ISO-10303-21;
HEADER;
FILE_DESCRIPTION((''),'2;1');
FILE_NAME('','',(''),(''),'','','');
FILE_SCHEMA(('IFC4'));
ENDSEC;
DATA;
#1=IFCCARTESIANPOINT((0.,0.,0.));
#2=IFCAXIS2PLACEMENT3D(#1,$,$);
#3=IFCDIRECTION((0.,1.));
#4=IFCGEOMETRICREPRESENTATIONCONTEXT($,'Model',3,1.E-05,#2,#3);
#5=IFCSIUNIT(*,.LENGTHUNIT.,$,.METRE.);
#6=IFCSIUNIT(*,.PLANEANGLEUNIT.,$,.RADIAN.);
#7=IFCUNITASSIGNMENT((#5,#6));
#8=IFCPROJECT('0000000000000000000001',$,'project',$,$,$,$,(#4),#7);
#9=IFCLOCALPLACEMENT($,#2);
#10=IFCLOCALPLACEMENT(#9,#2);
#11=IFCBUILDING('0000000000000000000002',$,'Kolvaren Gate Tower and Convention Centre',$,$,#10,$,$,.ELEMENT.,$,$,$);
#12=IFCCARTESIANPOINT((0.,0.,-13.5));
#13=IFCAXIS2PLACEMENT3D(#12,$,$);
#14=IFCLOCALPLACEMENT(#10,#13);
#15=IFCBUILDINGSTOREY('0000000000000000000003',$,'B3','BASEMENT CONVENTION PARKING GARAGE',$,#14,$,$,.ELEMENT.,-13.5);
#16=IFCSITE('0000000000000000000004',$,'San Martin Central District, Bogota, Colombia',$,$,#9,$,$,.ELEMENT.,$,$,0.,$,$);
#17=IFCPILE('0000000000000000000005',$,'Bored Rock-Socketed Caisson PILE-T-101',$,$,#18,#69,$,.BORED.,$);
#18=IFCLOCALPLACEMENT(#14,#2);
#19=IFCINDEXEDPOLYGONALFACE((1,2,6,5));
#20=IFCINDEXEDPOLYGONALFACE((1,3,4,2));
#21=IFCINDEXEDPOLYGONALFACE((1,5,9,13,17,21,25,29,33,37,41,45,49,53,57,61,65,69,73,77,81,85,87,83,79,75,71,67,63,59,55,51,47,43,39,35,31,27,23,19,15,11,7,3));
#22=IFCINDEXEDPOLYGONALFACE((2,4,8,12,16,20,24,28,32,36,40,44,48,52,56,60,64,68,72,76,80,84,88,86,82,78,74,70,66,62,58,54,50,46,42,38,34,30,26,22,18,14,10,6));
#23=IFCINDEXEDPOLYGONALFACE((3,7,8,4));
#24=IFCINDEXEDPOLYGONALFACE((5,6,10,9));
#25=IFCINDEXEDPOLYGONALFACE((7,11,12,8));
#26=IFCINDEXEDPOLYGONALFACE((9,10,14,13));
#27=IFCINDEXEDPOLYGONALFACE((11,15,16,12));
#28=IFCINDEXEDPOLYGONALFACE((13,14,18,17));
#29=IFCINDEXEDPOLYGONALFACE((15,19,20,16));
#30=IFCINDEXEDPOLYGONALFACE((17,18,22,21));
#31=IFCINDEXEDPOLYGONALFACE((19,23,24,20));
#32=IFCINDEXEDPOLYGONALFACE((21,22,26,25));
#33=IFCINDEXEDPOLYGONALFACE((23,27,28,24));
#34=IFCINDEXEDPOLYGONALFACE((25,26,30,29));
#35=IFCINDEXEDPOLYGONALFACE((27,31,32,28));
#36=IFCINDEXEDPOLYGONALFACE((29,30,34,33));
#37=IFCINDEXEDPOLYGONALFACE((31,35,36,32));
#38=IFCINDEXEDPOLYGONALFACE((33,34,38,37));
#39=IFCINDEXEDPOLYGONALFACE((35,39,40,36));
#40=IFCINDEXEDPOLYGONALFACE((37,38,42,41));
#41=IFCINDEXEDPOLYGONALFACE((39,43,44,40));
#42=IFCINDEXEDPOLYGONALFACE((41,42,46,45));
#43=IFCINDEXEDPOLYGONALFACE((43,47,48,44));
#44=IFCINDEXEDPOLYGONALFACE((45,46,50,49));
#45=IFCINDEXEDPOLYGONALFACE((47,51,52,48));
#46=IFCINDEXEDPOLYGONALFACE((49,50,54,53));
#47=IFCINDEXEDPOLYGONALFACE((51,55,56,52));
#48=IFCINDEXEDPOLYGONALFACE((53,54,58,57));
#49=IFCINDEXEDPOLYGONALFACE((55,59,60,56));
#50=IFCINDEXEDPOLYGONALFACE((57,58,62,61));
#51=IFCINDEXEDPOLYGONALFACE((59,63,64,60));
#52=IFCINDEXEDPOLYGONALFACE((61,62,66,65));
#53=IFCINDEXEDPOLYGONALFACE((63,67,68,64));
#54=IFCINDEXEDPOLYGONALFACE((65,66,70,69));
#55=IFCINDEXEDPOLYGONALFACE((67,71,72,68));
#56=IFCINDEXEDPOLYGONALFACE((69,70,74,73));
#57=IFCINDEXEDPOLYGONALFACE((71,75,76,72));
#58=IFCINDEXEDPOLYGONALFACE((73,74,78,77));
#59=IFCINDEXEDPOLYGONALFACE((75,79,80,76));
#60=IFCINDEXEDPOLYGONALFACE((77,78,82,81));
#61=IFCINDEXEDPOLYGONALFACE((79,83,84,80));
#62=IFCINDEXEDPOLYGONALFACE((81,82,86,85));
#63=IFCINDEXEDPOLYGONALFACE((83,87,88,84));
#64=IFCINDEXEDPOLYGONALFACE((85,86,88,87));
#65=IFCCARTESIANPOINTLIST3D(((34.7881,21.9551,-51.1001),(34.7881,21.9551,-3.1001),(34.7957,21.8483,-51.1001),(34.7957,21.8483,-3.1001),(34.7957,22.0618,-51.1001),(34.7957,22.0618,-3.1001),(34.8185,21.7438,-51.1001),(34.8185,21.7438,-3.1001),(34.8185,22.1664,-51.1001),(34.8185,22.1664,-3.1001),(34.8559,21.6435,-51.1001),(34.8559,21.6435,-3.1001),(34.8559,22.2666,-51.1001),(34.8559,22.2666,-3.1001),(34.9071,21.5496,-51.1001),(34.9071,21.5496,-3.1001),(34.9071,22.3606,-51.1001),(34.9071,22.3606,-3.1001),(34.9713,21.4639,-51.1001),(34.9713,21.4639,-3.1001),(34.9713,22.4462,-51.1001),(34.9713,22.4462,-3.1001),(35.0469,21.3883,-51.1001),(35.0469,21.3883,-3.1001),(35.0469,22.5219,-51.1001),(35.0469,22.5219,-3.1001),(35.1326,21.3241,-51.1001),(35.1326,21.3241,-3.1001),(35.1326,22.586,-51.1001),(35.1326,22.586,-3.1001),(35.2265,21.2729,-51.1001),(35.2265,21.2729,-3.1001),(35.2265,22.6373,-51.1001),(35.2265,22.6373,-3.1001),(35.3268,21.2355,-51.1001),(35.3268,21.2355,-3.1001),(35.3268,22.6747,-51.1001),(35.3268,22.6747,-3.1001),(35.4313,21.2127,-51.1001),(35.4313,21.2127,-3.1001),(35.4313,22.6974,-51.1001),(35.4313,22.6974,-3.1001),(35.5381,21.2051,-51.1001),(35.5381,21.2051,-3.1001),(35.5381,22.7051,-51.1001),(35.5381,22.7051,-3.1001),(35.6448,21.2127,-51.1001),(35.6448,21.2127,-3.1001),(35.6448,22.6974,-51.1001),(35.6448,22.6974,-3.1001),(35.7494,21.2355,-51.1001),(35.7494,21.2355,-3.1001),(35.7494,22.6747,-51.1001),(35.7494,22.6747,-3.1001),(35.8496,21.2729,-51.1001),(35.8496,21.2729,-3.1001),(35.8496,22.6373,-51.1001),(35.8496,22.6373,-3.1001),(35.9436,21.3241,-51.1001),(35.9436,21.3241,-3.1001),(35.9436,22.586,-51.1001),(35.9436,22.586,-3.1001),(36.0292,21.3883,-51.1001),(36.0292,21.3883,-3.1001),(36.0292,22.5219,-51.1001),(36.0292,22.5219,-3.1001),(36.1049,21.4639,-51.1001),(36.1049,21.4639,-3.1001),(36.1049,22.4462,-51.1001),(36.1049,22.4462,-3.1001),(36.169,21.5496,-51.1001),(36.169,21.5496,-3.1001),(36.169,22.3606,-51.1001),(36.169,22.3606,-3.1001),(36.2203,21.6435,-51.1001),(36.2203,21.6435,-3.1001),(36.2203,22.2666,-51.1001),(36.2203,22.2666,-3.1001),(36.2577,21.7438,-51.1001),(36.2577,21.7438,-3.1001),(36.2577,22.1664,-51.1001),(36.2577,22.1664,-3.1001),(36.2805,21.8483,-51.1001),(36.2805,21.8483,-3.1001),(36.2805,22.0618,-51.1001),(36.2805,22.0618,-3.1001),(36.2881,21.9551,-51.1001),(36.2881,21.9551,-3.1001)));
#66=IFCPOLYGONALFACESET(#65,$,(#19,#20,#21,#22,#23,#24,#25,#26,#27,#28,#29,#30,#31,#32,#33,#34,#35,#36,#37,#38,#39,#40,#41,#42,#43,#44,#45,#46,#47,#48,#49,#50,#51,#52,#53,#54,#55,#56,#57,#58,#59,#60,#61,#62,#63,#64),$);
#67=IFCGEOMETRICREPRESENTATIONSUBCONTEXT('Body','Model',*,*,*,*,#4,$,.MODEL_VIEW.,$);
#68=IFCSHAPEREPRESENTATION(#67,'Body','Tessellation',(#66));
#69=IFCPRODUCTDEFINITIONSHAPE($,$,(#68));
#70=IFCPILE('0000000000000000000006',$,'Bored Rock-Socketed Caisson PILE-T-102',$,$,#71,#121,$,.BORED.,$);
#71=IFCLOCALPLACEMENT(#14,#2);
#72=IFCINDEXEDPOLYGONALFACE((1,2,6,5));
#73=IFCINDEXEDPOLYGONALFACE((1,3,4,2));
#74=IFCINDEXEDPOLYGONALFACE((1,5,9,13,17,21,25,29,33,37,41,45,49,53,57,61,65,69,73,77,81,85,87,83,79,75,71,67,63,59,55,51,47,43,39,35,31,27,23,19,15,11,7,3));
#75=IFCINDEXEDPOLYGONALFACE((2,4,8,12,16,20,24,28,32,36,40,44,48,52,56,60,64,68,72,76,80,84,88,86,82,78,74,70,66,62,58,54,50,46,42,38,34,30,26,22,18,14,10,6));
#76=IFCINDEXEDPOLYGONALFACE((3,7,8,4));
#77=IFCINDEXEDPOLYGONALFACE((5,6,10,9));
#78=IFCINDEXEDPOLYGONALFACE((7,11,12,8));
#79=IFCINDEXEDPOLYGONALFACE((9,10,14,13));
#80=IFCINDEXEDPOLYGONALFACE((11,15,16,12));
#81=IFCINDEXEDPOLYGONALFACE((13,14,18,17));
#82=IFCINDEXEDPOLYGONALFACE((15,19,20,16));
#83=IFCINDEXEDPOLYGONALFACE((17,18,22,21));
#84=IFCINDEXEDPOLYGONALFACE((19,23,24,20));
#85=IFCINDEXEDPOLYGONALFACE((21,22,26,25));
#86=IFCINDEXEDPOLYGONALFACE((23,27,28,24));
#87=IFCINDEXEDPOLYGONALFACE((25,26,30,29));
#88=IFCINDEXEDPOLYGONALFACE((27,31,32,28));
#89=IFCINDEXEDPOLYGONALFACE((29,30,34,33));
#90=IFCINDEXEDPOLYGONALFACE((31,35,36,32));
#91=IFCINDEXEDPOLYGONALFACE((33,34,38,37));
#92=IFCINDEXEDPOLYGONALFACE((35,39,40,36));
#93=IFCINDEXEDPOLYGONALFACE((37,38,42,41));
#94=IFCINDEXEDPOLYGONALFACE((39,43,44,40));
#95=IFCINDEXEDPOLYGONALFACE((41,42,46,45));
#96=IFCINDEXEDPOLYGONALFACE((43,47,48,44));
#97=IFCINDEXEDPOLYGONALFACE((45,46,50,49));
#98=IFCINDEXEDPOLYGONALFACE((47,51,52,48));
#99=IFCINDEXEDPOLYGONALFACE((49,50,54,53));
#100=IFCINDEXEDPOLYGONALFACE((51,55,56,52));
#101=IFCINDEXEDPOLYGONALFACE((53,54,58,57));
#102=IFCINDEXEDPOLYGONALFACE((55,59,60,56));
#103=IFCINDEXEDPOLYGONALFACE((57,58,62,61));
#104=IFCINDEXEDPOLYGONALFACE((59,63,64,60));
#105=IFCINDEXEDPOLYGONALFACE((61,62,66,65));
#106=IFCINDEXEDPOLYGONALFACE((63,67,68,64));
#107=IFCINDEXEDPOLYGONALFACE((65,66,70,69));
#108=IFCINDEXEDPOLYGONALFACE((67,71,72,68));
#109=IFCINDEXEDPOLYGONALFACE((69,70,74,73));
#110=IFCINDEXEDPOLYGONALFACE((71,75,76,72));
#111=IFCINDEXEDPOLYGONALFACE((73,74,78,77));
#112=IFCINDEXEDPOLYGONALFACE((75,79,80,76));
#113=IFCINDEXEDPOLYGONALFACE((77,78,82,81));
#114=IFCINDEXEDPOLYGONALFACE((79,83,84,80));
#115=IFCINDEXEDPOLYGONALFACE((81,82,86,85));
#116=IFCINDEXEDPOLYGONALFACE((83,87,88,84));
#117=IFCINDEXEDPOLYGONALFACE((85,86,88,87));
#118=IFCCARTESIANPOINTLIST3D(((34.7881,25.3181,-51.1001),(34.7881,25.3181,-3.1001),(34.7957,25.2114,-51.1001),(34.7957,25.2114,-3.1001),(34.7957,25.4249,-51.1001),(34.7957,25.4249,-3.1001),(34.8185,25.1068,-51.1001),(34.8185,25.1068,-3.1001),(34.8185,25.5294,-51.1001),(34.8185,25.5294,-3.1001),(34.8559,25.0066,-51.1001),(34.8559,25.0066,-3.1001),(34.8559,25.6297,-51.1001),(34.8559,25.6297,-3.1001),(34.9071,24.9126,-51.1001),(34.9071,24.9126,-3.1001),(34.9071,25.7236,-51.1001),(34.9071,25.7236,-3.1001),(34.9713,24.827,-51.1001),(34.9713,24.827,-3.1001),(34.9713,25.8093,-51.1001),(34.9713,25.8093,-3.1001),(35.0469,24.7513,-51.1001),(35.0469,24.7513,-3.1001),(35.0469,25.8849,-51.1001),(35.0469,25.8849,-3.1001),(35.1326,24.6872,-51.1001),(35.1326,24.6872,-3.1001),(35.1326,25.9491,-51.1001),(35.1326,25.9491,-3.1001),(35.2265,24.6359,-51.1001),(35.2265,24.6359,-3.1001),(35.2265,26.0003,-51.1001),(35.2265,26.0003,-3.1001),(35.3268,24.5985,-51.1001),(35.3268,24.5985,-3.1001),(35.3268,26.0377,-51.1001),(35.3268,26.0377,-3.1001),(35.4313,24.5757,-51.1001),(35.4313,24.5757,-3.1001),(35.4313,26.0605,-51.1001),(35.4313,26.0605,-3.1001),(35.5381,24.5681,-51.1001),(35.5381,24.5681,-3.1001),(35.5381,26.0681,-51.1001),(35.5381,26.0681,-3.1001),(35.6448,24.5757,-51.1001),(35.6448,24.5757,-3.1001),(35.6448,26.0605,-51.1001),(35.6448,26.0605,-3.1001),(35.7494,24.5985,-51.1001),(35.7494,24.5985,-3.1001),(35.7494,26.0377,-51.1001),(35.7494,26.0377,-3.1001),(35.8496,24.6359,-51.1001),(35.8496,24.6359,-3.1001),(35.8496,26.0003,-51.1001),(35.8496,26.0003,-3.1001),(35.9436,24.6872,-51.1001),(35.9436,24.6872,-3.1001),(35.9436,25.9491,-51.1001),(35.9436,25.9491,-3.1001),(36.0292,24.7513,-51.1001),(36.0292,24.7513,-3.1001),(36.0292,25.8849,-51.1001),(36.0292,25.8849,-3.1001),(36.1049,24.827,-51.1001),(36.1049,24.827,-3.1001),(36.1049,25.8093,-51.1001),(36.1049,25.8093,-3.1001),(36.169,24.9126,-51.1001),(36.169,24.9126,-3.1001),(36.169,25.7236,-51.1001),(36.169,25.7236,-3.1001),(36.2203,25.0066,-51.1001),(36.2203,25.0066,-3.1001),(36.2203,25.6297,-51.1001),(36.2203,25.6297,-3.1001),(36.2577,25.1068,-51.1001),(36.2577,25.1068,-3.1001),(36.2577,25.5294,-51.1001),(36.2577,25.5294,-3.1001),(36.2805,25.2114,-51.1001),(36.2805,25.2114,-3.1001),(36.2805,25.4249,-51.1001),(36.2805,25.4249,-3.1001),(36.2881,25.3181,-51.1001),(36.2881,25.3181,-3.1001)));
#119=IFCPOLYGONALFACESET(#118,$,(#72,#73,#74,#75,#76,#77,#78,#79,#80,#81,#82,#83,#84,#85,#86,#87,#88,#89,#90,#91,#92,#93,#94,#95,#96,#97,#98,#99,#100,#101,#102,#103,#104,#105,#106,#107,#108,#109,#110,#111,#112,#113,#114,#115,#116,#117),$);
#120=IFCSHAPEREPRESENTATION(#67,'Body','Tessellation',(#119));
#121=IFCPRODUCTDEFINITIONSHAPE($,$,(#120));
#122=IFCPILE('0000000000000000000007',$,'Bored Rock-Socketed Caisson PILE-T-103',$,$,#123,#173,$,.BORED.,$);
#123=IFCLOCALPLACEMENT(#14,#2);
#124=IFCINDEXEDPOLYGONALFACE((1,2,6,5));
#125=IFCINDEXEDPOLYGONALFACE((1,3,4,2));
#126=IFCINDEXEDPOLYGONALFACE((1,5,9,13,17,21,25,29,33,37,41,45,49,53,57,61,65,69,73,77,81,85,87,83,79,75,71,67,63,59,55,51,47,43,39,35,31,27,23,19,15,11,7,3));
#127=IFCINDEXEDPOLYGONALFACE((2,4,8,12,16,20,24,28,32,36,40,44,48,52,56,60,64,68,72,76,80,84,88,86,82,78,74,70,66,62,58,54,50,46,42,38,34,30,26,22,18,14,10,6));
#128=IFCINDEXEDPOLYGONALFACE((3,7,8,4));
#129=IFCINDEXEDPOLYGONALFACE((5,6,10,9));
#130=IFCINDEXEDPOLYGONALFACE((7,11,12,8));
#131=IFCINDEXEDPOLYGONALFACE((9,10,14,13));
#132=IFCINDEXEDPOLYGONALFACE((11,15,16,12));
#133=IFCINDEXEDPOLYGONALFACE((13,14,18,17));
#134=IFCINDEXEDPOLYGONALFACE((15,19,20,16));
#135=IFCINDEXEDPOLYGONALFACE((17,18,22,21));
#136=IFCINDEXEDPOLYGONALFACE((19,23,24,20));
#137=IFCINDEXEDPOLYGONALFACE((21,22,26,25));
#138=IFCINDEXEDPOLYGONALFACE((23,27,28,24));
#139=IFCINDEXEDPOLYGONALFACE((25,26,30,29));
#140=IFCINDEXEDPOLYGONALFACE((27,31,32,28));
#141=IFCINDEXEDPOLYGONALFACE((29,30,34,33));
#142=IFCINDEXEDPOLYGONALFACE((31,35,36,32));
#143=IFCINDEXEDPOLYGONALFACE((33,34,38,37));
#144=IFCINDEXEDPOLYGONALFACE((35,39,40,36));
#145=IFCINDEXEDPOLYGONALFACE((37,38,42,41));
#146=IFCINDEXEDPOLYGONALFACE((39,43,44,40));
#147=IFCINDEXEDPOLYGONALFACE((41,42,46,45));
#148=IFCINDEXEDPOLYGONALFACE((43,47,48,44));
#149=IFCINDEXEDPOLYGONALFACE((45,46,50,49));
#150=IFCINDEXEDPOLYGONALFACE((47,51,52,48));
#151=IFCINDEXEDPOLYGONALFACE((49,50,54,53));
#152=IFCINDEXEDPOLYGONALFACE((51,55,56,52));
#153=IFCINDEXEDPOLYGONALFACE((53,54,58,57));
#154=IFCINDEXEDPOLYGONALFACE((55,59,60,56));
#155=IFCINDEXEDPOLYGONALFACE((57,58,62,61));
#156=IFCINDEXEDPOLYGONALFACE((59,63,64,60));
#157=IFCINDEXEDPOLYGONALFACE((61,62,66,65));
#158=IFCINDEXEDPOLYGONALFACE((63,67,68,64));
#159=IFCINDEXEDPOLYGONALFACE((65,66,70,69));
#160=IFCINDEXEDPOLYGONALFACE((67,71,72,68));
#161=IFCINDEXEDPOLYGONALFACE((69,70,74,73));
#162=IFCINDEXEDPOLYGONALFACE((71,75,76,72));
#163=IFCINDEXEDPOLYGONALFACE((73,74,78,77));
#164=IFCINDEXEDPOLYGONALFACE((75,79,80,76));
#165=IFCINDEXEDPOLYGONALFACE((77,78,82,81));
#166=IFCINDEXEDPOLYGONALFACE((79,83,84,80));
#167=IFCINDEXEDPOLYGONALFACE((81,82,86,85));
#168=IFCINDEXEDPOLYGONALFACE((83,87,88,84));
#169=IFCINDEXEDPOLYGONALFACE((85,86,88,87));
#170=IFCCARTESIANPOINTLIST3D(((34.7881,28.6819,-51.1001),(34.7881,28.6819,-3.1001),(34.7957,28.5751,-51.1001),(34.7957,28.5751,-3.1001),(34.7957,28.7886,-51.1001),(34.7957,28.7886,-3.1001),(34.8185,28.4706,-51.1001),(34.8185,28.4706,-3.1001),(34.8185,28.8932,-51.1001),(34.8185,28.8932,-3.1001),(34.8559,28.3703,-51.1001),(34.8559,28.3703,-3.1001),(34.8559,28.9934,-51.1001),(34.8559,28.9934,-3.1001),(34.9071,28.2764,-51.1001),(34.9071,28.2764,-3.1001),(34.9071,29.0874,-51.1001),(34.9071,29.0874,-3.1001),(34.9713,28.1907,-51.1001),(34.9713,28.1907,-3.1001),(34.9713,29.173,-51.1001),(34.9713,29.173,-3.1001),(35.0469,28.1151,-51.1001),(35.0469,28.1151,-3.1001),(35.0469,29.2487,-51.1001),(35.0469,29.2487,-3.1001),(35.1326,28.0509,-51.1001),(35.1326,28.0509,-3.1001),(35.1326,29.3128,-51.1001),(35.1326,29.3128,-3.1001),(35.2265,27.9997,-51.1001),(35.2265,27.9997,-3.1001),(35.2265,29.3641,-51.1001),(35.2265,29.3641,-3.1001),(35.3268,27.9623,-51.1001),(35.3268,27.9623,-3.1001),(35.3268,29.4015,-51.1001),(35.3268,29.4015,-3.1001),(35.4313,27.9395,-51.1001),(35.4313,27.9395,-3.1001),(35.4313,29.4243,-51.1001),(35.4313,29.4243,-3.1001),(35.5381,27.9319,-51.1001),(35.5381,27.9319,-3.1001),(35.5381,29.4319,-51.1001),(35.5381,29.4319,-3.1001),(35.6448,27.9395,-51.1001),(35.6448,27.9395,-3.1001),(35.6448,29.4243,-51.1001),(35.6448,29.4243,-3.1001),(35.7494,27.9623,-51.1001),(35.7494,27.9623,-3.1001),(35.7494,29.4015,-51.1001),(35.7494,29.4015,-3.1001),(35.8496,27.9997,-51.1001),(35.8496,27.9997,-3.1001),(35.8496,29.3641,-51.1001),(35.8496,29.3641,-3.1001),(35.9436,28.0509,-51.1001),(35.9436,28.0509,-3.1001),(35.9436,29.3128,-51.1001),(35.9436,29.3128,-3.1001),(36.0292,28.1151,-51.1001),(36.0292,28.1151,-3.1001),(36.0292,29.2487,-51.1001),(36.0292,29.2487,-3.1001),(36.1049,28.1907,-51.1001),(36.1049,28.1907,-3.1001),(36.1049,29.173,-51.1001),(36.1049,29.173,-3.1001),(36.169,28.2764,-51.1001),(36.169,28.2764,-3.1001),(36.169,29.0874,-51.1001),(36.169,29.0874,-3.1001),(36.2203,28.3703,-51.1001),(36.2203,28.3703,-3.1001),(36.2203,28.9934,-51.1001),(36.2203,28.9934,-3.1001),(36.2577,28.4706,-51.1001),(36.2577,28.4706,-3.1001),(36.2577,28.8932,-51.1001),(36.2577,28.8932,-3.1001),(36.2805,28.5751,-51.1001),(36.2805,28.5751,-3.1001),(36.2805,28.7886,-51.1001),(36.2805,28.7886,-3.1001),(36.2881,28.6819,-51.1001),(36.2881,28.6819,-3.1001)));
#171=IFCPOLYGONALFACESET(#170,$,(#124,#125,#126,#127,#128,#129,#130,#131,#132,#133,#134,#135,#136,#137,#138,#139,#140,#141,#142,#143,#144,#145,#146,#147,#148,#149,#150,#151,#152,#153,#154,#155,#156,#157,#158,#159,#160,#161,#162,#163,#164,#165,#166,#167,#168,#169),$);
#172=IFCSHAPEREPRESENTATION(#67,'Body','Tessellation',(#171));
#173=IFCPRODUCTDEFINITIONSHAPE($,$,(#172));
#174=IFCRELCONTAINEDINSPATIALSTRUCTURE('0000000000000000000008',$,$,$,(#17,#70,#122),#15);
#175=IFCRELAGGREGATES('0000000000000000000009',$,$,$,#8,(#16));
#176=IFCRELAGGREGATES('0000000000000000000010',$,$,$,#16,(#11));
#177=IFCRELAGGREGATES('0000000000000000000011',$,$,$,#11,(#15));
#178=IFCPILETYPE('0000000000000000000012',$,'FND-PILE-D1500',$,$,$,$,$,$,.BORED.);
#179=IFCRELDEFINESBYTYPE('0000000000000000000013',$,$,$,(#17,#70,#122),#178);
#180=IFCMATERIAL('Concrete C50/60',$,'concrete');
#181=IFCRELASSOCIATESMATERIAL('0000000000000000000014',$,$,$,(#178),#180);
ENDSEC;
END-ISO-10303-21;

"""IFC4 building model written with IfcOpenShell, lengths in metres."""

from ifc_helpers import new_model, si_unit, direction, frame, origin, origin_2d, place, context, subcontext, project, spatial, circle, extrude, material, material_profile, profile_set, type_object, element, save


model = new_model("IFC4")

# Units and contexts
model_context = context("Model", 3, precision=1e-05, world=origin(), true_north=direction((0.0, 1.0)))
body_context = subcontext(model_context, "Body", "Model", "MODEL_VIEW")
ifc_project = project(units=[si_unit("LENGTHUNIT", "METRE"), si_unit("PLANEANGLEUNIT", "RADIAN")], contexts=[model_context])

# Site, building, storey
site_placement = place(None, origin())
site = spatial("IfcSite", under=ifc_project, at=site_placement, Name="San Martin Central District, Bogota, Colombia", CompositionType="ELEMENT", RefElevation=0.0)
building_placement = place(site_placement, origin())
building = spatial("IfcBuilding", under=site, at=building_placement, Name="Kolvaren Gate Tower and Convention Centre", CompositionType="ELEMENT")
storey_placement = place(building_placement, frame((0.0, 0.0, -13.5)))
storey = spatial("IfcBuildingStorey", under=building, at=storey_placement, Name="B3", Description="BASEMENT CONVENTION PARKING GARAGE", CompositionType="ELEMENT", Elevation=-13.5)

# Piles
ifc_material_1 = material(Name="Concrete C50/60", Category="concrete")
ifc_material_profile_1 = material_profile(ifc_material_1, circle(Radius=0.75, at=origin_2d()), Name="CAISSON-D1500")
ifc_profile_set_1 = profile_set([ifc_material_profile_1], Name="Concrete C50/60")
pile_type = type_object("IfcPileType", Name="FND-PILE-D1500", PredefinedType="BORED", material=ifc_profile_set_1)
for number, where, z_axis, x_axis, name in (
    (1, (35.5381, 21.9551, -3.1001), (0.0, 0.0, -1.0), (1.0, 0.0, 0.0), "Bored Rock-Socketed Caisson PILE-T-101"),
    (2, (35.5381, 25.3181, -3.1001), (0.0, 0.0, -1.0), (1.0, 0.0, 0.0), "Bored Rock-Socketed Caisson PILE-T-102"),
    (3, (35.5381, 28.6819, -3.1001), (0.0, 0.0, -1.0), (1.0, 0.0, 0.0), "Bored Rock-Socketed Caisson PILE-T-103"),
):
    element("IfcPile", number, at=place(storey_placement, frame(where, z_axis=z_axis, x_axis=x_axis)), inside=storey, type_object=pile_type, Name=name, PredefinedType="BORED", context=body_context, shape_type="SweptSolid", body=[
        extrude(circle(Radius=0.75, at=origin_2d()), origin(), (0.0, 0.0, 1.0), 48.0),
    ])

save(model, "model.ifc")
